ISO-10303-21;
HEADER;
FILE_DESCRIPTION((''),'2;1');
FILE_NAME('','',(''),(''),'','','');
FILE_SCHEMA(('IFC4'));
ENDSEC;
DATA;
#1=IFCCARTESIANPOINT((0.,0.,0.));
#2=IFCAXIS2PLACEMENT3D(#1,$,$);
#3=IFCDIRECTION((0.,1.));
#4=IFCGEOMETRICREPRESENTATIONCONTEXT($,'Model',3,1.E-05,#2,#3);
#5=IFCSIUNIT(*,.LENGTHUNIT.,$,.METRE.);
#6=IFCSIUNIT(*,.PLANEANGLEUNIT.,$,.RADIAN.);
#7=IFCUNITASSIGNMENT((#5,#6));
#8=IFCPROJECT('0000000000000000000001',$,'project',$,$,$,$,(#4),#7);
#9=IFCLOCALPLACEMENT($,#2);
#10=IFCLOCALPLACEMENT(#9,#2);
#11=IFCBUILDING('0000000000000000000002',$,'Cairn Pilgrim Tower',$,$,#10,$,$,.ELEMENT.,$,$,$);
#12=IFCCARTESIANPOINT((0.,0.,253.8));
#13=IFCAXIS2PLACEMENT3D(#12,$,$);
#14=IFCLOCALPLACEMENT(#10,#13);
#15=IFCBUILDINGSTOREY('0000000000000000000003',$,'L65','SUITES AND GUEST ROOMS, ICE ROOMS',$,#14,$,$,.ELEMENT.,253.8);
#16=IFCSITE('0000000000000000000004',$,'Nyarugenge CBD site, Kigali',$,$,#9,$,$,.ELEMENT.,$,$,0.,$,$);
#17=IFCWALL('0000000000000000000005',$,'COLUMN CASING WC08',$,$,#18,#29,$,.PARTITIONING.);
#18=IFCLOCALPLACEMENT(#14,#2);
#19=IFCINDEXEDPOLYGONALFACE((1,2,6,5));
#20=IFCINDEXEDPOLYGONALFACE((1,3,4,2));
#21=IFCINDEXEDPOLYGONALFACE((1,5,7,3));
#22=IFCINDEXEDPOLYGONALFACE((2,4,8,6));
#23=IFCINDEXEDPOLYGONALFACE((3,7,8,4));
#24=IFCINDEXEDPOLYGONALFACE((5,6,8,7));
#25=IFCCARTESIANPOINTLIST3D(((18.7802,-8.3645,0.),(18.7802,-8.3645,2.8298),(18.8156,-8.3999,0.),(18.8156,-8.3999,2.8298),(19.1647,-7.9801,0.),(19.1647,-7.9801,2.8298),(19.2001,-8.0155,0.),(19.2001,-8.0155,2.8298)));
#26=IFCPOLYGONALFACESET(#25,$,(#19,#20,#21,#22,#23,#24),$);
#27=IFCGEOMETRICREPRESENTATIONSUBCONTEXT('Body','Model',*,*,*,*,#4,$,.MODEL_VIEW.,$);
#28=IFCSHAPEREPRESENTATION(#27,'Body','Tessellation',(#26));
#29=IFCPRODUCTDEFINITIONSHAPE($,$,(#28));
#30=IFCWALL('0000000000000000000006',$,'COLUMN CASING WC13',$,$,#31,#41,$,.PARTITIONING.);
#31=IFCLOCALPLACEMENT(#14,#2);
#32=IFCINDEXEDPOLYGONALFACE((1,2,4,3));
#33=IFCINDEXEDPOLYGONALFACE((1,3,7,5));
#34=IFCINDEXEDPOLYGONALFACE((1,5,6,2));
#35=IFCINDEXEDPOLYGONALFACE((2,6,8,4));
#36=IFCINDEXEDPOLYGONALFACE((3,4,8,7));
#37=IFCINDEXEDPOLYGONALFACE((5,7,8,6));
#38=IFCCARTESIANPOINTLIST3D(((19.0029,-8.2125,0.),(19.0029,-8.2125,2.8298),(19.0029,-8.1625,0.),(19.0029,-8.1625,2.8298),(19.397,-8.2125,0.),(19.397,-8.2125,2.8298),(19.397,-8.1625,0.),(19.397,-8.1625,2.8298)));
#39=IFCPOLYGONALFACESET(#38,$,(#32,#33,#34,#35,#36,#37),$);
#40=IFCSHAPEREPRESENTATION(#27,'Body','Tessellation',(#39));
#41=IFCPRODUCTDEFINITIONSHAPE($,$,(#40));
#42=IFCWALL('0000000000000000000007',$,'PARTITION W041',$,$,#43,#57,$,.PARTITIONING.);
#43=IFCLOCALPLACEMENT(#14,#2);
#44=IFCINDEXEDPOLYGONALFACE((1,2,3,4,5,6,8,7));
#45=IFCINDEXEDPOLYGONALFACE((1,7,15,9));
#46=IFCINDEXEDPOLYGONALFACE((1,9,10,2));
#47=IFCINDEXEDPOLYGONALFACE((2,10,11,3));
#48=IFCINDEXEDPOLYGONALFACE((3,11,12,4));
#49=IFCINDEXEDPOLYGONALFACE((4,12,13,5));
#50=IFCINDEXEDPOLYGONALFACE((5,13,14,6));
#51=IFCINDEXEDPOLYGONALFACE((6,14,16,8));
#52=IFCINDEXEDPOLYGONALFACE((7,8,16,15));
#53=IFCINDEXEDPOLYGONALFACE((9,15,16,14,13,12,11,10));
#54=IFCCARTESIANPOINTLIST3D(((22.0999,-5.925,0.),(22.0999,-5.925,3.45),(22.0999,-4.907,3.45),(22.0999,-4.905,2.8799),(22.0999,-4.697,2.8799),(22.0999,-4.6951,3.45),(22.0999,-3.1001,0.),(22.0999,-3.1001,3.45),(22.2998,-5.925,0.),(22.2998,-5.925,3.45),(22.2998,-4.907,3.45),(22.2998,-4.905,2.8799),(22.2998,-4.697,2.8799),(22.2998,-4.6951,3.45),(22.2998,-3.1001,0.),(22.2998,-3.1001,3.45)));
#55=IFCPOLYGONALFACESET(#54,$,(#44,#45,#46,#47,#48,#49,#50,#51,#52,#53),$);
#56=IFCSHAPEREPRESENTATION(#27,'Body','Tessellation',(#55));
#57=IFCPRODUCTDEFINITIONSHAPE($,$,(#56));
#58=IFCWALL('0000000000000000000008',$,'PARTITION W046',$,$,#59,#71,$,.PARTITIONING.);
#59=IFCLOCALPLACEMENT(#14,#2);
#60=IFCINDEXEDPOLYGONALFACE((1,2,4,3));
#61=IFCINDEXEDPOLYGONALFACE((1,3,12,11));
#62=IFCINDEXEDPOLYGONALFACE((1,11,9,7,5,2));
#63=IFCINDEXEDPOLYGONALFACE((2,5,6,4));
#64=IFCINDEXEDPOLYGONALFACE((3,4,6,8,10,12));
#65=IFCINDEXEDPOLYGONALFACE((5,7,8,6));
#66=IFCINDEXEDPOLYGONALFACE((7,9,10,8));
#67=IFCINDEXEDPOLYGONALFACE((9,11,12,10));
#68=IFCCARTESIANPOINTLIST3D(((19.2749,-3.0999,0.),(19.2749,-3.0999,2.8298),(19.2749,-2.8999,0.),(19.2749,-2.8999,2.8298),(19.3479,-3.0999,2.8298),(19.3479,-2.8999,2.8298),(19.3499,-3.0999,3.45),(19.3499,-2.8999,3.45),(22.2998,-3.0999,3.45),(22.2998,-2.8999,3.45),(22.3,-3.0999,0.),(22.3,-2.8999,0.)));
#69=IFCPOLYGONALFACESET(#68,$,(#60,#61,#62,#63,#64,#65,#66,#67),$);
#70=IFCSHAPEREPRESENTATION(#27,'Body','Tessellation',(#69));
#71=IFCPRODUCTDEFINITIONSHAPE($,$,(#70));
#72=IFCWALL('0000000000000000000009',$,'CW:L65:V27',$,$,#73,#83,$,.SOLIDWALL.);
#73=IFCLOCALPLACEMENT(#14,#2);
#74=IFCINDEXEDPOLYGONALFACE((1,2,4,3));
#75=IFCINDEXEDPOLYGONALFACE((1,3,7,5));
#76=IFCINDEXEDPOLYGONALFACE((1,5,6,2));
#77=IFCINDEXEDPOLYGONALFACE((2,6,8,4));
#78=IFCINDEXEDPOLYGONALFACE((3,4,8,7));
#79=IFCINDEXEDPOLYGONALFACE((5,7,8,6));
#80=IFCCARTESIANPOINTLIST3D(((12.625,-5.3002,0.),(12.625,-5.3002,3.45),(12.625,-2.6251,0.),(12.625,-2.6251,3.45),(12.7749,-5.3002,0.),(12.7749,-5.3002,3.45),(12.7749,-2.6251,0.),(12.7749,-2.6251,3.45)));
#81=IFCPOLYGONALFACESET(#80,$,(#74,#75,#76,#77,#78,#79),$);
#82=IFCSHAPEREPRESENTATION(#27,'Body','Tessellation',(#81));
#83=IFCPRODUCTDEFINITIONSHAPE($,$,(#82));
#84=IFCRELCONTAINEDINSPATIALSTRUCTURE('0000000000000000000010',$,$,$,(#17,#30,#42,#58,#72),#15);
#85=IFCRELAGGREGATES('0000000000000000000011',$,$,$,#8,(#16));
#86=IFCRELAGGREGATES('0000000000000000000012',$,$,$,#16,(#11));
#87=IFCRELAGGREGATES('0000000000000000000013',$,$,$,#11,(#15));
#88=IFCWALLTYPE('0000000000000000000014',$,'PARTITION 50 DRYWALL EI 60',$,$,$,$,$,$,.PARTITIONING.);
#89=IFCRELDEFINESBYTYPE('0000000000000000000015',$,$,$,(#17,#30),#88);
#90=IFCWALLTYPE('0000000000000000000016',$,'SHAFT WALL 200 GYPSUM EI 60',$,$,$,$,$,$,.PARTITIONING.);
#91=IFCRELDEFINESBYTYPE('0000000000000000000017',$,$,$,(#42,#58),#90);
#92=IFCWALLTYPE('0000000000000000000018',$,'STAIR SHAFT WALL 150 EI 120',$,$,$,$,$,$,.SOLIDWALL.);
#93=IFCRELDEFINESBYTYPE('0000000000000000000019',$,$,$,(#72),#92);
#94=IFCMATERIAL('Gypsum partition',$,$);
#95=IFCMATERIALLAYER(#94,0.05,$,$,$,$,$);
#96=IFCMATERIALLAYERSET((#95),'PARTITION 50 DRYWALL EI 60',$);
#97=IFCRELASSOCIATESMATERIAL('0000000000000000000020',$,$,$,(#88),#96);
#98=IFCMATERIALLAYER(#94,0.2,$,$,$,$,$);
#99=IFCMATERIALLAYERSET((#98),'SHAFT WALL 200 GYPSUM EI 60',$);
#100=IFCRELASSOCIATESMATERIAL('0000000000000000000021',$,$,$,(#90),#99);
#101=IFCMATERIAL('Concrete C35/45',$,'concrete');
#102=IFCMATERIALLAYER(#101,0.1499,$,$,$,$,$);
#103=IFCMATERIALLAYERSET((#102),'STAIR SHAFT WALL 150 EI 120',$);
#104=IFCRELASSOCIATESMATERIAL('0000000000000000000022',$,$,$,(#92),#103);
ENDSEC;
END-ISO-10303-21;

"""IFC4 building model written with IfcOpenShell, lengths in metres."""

from ifc_helpers import new_model, si_unit, direction, frame, frame_2d, origin, place, context, subcontext, project, spatial, polyline, rectangle, outline, extrude, material, layer, layer_set, type_object, element, save


model = new_model("IFC4")

# Units and contexts
model_context = context("Model", 3, precision=1e-05, world=origin(), true_north=direction((0.0, 1.0)))
body_context = subcontext(model_context, "Body", "Model", "MODEL_VIEW")
ifc_project = project(units=[si_unit("LENGTHUNIT", "METRE"), si_unit("PLANEANGLEUNIT", "RADIAN")], contexts=[model_context])

# Site, building, storey
site_placement = place(None, origin())
site = spatial("IfcSite", under=ifc_project, at=site_placement, Name="Nyarugenge CBD site, Kigali", CompositionType="ELEMENT", RefElevation=0.0)
building_placement = place(site_placement, origin())
building = spatial("IfcBuilding", under=site, at=building_placement, Name="Cairn Pilgrim Tower", CompositionType="ELEMENT")
storey_placement = place(building_placement, frame((0.0, 0.0, 253.8)))
storey = spatial("IfcBuildingStorey", under=building, at=storey_placement, Name="L65", Description="SUITES AND GUEST ROOMS, ICE ROOMS", CompositionType="ELEMENT", Elevation=253.8)

# Shared definitions
ifc_material_1 = material(Name="Gypsum partition")

# Walls
ifc_layer_1 = layer(ifc_material_1, 0.05)
ifc_layer_set_1 = layer_set([ifc_layer_1], Name="PARTITION 50 DRYWALL EI 60")
wall_type_1 = type_object("IfcWallType", Name="PARTITION 50 DRYWALL EI 60", PredefinedType="PARTITIONING", material=ifc_layer_set_1)
wall_1_placement = place(storey_placement, frame((18.7979, -8.3823, 0.0), z_axis=(0.0, 0.0, 1.0), x_axis=(0.707107, 0.707107, 0.0)))
element("IfcWall", 1, at=wall_1_placement, inside=storey, type_object=wall_type_1, Name="COLUMN CASING WC08", PredefinedType="PARTITIONING", context=body_context, shape_type="SweptSolid", body=[
    extrude(rectangle(XDim=0.5437, YDim=0.05, at=frame_2d((0.272, 0.0))), origin(), (0.0, 0.0, 1.0), 2.8298),
])
wall_2_placement = place(storey_placement, frame((19.0029, -8.1875, 0.0), z_axis=(0.0, 0.0, 1.0), x_axis=(1.0, 0.0, 0.0)))
element("IfcWall", 2, at=wall_2_placement, inside=storey, type_object=wall_type_1, Name="COLUMN CASING WC13", PredefinedType="PARTITIONING", context=body_context, shape_type="SweptSolid", body=[
    extrude(rectangle(XDim=0.394, YDim=0.05, at=frame_2d((0.197, 0.0))), origin(), (0.0, 0.0, 1.0), 2.8298),
])
ifc_layer_2 = layer(ifc_material_1, 0.2)
ifc_layer_set_2 = layer_set([ifc_layer_2], Name="SHAFT WALL 200 GYPSUM EI 60")
wall_type_2 = type_object("IfcWallType", Name="SHAFT WALL 200 GYPSUM EI 60", PredefinedType="PARTITIONING", material=ifc_layer_set_2)
wall_3_placement = place(storey_placement, frame((22.2, -5.925, 0.0), z_axis=(0.0, 0.0, 1.0), x_axis=(0.0, 1.0, 0.0)))
element("IfcWall", 3, at=wall_3_placement, inside=storey, type_object=wall_type_2, Name="PARTITION W041", PredefinedType="PARTITIONING", context=body_context, shape_type="SweptSolid", body=[
    extrude(outline(polyline([(0.0, 0.0), (2.825, 0.0), (2.825, 3.45), (1.23, 3.45), (1.228, 2.8799), (1.02, 2.8799), (1.0181, 3.45), (0.0, 3.45), (0.0, 0.0)])), frame((0.0, 0.1001, 0.0), z_axis=(0.0, -1.0, 0.0), x_axis=(1.0, 0.0, 0.0)), (0.0, 0.0, 1.0), 0.2),
])
wall_4_placement = place(storey_placement, frame((19.2749, -3.0, 0.0), z_axis=(0.0, 0.0, 1.0), x_axis=(1.0, 0.0, 0.0)))
element("IfcWall", 4, at=wall_4_placement, inside=storey, type_object=wall_type_2, Name="PARTITION W046", PredefinedType="PARTITIONING", context=body_context, shape_type="SweptSolid", body=[
    extrude(outline(polyline([(0.0, 0.0), (3.0251, 0.0), (3.0249, 3.45), (0.075, 3.45), (0.073, 2.8298), (0.0, 2.8298), (0.0, 0.0)])), frame((0.0, 0.1001, 0.0), z_axis=(0.0, -1.0, 0.0), x_axis=(1.0, 0.0, 0.0)), (0.0, 0.0, 1.0), 0.2),
])
ifc_material_2 = material(Name="Concrete C35/45", Category="concrete")
ifc_layer_3 = layer(ifc_material_2, 0.1499)
ifc_layer_set_3 = layer_set([ifc_layer_3], Name="STAIR SHAFT WALL 150 EI 120")
wall_type_3 = type_object("IfcWallType", Name="STAIR SHAFT WALL 150 EI 120", PredefinedType="SOLIDWALL", material=ifc_layer_set_3)
wall_5_placement = place(storey_placement, frame((12.7, -5.3, 0.0), z_axis=(0.0, 0.0, 1.0), x_axis=(0.0, 1.0, 0.0)))
element("IfcWall", 5, at=wall_5_placement, inside=storey, type_object=wall_type_3, Name="CW:L65:V27", PredefinedType="SOLIDWALL", context=body_context, shape_type="SweptSolid", body=[
    extrude(rectangle(XDim=2.675, YDim=0.1499, at=frame_2d((1.3374, 0.0))), origin(), (0.0, 0.0, 1.0), 3.45),
])

save(model, "model.ifc")
